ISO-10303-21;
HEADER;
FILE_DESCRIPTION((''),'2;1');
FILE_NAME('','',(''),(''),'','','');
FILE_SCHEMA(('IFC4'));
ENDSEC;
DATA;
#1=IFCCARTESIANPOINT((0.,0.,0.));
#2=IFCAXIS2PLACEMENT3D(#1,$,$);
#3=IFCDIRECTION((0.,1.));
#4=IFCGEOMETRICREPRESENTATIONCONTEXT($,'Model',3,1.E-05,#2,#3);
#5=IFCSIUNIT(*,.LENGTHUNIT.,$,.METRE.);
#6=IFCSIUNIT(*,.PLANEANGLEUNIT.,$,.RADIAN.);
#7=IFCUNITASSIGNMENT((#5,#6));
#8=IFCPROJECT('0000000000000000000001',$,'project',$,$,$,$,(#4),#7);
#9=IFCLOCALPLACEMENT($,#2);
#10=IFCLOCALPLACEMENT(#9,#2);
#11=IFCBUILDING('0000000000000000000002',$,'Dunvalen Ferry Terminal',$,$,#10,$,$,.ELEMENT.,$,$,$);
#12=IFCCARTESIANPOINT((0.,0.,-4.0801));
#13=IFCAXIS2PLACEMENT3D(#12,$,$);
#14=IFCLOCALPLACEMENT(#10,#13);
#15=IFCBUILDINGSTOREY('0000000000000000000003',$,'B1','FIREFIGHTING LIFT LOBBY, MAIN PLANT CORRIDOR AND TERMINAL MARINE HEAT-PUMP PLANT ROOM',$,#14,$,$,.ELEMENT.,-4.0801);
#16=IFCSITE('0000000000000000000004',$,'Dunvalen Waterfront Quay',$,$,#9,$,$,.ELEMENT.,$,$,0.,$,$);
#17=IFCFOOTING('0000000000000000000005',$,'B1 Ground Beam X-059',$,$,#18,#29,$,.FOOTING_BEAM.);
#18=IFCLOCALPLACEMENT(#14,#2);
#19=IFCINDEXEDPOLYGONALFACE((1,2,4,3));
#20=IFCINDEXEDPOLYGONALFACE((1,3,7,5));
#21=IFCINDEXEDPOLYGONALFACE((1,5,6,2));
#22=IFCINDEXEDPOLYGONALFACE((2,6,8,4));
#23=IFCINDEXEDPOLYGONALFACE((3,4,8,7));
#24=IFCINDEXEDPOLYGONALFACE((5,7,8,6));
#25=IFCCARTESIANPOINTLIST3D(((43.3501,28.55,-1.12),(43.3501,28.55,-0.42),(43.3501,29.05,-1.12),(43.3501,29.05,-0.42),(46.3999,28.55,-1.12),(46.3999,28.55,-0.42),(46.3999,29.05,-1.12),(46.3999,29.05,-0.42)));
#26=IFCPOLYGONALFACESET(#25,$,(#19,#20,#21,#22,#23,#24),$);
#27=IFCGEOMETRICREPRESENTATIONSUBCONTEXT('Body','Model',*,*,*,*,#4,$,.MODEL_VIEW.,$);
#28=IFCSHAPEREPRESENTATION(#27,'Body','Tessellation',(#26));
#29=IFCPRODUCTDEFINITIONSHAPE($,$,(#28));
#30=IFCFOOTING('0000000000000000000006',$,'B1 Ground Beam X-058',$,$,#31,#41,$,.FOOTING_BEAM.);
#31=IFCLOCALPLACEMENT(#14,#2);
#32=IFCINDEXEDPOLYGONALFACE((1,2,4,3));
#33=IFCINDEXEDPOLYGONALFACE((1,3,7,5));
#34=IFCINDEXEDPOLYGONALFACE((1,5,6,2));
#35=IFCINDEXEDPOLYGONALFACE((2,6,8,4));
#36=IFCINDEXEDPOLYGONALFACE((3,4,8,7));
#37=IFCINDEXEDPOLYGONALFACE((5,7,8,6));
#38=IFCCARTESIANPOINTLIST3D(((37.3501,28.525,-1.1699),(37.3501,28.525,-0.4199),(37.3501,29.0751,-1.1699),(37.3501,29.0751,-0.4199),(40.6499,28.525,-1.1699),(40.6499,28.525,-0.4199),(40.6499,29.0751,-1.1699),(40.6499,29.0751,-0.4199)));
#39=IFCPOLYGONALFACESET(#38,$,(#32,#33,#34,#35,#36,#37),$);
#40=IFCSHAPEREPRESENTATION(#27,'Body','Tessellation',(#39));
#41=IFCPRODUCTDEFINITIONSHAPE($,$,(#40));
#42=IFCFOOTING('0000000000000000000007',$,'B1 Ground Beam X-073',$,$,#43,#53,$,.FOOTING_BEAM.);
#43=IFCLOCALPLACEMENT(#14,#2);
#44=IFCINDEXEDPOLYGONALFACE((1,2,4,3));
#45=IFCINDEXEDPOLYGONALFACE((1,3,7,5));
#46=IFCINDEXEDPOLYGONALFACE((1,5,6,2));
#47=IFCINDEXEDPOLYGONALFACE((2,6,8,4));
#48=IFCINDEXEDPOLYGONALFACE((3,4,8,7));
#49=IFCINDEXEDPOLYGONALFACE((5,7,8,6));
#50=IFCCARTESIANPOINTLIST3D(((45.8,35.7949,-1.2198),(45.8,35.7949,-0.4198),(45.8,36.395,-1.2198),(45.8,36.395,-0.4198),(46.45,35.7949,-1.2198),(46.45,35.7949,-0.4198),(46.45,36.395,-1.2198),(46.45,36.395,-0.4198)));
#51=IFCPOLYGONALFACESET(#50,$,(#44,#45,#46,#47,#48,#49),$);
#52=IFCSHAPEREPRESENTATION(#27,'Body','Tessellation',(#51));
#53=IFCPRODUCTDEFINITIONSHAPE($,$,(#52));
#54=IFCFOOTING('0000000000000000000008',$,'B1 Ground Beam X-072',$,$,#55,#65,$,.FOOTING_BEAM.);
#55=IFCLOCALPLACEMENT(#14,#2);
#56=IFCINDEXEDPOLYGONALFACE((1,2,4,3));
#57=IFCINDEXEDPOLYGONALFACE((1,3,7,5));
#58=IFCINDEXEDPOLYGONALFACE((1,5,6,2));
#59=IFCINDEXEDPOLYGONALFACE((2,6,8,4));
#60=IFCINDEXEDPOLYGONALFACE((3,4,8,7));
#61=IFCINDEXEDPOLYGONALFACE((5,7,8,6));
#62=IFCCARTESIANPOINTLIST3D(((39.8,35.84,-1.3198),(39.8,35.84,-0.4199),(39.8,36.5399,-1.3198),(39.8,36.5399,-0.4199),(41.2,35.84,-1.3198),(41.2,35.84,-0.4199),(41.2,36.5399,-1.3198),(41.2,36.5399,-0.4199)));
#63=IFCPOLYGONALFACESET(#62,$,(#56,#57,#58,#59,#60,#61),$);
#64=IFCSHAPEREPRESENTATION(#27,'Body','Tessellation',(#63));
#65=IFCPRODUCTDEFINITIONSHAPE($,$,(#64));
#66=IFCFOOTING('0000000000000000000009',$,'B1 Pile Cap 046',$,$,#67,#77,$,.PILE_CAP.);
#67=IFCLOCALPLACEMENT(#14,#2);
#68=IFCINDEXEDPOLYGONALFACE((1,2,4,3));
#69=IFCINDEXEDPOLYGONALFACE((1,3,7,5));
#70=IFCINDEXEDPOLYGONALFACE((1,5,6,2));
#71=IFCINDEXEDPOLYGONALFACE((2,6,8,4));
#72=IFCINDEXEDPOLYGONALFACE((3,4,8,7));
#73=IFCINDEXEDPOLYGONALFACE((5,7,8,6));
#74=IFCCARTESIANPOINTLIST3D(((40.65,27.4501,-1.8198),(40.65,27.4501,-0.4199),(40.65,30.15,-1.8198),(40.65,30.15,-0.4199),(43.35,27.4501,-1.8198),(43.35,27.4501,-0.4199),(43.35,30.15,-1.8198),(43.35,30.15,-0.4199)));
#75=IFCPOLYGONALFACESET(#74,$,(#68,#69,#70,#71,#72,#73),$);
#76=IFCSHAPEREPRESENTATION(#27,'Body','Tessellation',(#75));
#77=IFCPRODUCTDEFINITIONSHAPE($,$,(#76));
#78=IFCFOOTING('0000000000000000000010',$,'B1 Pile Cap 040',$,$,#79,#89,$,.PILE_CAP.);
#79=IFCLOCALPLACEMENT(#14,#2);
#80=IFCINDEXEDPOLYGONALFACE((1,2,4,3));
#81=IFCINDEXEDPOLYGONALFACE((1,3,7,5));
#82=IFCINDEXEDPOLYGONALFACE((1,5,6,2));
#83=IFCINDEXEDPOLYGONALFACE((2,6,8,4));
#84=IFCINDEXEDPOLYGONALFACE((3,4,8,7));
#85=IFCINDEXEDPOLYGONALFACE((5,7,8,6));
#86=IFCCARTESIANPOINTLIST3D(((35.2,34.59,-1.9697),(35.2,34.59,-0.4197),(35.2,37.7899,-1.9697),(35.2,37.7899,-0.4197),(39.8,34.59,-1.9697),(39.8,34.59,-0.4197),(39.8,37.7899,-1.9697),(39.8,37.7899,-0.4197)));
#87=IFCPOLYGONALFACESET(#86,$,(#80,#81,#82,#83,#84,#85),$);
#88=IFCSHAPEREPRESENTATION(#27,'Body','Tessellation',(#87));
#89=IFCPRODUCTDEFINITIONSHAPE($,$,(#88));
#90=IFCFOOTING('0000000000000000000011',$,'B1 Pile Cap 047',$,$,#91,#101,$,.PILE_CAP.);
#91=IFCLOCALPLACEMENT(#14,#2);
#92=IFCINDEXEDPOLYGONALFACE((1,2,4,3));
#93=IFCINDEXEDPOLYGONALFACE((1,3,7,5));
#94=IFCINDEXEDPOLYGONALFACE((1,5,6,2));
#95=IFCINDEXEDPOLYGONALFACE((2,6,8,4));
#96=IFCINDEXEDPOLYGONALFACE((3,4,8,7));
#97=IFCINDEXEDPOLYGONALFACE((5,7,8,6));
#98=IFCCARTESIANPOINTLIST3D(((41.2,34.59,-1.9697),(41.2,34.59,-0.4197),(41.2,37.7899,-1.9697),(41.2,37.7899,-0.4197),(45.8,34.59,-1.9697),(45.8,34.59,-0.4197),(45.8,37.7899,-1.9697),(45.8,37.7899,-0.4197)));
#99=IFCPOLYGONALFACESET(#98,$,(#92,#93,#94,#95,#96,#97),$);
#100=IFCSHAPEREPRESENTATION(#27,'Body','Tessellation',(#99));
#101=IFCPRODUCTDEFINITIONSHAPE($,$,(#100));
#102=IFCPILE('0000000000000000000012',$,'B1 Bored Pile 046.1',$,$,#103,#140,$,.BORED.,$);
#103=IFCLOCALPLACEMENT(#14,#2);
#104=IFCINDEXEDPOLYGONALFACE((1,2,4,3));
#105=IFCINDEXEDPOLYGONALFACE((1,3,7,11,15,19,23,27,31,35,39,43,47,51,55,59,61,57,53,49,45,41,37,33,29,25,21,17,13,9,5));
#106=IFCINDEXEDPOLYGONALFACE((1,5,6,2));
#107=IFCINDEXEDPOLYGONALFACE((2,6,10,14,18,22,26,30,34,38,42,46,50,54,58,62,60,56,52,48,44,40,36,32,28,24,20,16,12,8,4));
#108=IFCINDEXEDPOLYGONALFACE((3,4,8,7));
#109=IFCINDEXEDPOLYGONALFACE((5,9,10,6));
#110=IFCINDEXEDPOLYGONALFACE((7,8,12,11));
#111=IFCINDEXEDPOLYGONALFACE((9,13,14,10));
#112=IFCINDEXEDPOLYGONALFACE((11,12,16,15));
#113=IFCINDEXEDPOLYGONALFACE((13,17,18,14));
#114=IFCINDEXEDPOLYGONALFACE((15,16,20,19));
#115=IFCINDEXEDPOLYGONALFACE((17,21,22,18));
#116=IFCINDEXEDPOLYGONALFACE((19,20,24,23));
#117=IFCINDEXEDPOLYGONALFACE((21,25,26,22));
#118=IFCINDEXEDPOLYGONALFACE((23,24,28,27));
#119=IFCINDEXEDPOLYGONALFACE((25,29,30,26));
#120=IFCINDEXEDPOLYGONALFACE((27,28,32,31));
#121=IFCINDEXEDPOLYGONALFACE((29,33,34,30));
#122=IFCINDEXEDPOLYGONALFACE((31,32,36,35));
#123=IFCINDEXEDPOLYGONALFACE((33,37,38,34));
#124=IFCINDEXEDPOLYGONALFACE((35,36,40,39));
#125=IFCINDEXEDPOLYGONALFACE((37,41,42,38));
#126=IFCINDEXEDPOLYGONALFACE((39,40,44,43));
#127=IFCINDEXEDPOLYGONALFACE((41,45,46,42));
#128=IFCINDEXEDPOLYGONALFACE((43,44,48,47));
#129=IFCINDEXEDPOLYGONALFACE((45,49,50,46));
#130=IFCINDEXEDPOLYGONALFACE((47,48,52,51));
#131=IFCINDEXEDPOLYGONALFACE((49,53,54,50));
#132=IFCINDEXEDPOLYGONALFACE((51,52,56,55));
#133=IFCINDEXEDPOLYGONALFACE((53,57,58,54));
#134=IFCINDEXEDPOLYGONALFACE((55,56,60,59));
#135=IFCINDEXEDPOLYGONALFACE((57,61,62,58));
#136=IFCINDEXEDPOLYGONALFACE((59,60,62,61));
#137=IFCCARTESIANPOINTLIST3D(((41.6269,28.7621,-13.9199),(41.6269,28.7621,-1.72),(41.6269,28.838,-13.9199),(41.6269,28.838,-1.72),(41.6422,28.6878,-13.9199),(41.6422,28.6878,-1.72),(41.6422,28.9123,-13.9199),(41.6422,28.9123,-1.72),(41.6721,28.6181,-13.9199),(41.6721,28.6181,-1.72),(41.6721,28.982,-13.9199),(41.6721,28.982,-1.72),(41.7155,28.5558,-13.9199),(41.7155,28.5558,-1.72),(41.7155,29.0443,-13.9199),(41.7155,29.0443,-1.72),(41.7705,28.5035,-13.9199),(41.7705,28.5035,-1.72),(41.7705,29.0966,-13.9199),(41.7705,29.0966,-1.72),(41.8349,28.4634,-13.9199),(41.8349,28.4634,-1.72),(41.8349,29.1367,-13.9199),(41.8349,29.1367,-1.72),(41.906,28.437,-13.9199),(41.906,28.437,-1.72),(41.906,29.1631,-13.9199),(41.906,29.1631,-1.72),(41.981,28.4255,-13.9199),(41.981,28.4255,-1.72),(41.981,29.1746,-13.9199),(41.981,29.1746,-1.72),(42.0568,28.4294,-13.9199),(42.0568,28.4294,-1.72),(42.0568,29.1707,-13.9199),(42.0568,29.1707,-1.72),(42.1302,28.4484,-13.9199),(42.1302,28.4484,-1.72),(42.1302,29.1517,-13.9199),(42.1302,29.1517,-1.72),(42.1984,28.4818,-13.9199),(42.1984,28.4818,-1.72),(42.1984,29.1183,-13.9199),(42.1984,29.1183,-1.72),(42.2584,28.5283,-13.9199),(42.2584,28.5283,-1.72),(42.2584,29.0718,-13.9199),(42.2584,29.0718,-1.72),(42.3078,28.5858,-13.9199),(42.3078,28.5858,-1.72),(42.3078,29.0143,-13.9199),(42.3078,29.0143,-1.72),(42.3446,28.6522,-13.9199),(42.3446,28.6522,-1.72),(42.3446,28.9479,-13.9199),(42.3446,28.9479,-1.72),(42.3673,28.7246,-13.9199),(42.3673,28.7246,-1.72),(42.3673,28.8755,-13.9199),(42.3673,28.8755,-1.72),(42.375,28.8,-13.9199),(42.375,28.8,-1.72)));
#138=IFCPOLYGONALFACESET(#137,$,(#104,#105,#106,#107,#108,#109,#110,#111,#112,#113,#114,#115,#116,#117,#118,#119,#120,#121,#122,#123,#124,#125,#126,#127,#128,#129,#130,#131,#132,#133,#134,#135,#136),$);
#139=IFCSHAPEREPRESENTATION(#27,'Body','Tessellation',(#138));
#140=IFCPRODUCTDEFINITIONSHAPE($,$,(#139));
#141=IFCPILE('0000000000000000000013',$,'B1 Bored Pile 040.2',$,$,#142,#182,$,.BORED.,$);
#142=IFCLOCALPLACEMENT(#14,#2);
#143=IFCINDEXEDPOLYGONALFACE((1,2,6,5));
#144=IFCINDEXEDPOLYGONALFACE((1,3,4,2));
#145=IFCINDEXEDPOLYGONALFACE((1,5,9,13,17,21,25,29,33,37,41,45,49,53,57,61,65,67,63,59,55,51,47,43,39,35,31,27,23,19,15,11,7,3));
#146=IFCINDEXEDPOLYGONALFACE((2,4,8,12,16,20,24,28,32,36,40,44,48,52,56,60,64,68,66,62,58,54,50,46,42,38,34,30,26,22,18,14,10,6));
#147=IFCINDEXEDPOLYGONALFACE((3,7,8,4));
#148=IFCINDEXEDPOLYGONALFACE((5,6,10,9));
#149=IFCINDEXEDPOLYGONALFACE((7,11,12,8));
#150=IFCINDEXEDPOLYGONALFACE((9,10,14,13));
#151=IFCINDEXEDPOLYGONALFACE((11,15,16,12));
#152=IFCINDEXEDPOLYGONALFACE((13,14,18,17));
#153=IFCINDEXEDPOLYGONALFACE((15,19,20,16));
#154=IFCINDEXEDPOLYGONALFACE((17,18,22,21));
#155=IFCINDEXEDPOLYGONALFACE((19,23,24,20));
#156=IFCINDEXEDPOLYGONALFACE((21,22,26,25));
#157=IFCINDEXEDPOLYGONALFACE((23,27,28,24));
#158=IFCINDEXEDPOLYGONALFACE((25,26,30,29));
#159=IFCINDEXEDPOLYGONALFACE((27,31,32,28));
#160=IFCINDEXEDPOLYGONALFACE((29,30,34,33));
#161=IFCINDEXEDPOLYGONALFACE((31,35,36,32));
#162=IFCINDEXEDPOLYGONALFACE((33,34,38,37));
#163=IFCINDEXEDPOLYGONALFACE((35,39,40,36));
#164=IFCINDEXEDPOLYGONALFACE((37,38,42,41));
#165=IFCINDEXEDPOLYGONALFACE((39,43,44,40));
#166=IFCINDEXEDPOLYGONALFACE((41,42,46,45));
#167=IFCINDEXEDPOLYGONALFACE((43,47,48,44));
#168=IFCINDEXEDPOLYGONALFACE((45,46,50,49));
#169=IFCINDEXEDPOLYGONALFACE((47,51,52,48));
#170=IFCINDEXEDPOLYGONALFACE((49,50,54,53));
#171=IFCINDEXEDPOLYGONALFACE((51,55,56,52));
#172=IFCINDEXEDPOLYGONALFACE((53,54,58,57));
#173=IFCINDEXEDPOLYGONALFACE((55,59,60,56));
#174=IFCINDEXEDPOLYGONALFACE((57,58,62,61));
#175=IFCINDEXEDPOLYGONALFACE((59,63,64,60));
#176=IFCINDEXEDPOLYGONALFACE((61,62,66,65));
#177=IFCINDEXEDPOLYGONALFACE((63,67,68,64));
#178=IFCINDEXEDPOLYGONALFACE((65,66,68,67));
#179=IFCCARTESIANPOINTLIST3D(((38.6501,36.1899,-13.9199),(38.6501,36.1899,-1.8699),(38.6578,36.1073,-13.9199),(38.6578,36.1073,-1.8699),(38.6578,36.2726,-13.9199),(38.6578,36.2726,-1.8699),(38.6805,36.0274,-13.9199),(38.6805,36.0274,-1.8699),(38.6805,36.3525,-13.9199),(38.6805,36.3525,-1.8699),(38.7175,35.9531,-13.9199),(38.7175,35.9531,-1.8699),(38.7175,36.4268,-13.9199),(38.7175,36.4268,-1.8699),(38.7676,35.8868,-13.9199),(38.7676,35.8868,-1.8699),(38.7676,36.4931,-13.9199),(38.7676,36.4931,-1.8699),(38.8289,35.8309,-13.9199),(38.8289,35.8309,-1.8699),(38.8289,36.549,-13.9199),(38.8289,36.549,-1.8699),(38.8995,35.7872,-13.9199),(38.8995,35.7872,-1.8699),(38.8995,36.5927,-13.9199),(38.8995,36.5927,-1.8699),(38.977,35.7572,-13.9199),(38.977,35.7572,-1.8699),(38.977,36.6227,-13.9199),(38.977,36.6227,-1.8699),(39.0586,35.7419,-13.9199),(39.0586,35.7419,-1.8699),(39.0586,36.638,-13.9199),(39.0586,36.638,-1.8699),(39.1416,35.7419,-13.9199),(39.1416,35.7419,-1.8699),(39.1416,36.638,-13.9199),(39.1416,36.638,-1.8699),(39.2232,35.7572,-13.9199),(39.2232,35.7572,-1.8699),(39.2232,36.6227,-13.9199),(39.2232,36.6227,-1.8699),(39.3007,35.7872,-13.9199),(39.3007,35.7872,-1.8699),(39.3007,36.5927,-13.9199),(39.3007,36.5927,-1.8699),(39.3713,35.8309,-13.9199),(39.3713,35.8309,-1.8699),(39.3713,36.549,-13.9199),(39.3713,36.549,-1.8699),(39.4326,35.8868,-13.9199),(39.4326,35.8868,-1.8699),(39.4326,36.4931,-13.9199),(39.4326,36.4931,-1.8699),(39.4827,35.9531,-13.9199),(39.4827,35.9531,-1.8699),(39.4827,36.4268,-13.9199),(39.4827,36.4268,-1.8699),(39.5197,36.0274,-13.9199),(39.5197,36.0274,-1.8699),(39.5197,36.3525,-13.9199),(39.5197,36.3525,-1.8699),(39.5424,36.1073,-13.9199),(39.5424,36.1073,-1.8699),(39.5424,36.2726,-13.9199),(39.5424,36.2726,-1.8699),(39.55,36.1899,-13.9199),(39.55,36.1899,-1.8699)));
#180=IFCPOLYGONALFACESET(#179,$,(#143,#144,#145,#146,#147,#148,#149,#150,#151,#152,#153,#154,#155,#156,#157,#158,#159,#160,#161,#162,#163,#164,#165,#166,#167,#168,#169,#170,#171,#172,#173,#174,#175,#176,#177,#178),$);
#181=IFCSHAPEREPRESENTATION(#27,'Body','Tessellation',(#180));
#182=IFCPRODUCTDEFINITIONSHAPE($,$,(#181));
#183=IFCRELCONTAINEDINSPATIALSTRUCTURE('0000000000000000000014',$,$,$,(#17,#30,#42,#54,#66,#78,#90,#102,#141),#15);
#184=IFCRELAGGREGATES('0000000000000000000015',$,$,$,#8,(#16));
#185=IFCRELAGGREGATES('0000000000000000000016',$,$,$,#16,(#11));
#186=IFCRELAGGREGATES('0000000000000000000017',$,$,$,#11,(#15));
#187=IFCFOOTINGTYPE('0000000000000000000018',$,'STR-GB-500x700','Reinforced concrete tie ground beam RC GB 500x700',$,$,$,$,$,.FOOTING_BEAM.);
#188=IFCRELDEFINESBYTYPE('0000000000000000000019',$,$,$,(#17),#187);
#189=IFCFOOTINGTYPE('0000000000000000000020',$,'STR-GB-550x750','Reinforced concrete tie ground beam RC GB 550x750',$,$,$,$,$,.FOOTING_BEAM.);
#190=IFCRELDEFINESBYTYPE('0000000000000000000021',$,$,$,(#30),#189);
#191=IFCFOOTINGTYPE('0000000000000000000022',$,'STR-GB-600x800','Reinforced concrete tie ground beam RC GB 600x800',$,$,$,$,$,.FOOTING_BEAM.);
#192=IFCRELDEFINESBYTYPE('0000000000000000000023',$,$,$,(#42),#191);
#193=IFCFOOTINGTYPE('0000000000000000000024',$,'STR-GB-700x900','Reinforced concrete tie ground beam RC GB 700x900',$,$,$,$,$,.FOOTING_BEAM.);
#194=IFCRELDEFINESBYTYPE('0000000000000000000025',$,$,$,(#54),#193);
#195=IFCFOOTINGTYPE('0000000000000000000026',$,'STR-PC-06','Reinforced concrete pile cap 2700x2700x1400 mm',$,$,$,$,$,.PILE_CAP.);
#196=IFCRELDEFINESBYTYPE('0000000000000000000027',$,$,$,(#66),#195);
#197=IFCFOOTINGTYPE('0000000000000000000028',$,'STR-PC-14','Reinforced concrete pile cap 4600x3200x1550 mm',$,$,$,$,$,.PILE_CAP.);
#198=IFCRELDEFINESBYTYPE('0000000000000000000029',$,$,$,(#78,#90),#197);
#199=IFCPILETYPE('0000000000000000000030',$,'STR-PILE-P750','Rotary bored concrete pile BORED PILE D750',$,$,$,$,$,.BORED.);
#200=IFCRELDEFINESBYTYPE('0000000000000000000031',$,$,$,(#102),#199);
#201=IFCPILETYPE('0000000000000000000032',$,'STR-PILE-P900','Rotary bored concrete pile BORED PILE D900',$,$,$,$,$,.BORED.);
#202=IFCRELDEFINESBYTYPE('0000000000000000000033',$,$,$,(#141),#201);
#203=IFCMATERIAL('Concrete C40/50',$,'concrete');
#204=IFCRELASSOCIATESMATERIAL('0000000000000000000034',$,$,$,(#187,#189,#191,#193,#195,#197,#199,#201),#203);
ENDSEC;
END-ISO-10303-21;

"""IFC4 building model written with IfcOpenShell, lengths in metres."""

from ifc_helpers import new_model, si_unit, direction, frame, origin, origin_2d, place, context, subcontext, project, spatial, rectangle, circle, extrude, material, material_profile, profile_set, type_object, element, save


model = new_model("IFC4")

# Units and contexts
model_context = context("Model", 3, precision=1e-05, world=origin(), true_north=direction((0.0, 1.0)))
body_context = subcontext(model_context, "Body", "Model", "MODEL_VIEW")
ifc_project = project(units=[si_unit("LENGTHUNIT", "METRE"), si_unit("PLANEANGLEUNIT", "RADIAN")], contexts=[model_context])

# Site, building, storey
site_placement = place(None, origin())
site = spatial("IfcSite", under=ifc_project, at=site_placement, Name="Dunvalen Waterfront Quay", CompositionType="ELEMENT", RefElevation=0.0)
building_placement = place(site_placement, origin())
building = spatial("IfcBuilding", under=site, at=building_placement, Name="Dunvalen Ferry Terminal", CompositionType="ELEMENT")
storey_placement = place(building_placement, frame((0.0, 0.0, -4.0801)))
storey = spatial("IfcBuildingStorey", under=building, at=storey_placement, Name="B1", Description="FIREFIGHTING LIFT LOBBY, MAIN PLANT CORRIDOR AND TERMINAL MARINE HEAT-PUMP PLANT ROOM", CompositionType="ELEMENT", Elevation=-4.0801)

# Footings
ifc_material_1 = material(Name="Concrete C40/50", Category="concrete")
ifc_material_profile_1 = material_profile(ifc_material_1, rectangle(XDim=0.5, YDim=0.7, at=origin_2d()), Name="Concrete C40/50")
ifc_profile_set_1 = profile_set([ifc_material_profile_1], Name="Concrete C40/50")
footing_type_1 = type_object("IfcFootingType", Name="STR-GB-500x700", Description="Reinforced concrete tie ground beam RC GB 500x700", PredefinedType="FOOTING_BEAM", material=ifc_profile_set_1)
footing_1_placement = place(storey_placement, frame((43.3501, 28.8, -0.77), z_axis=(1.0, 0.0, 0.0), x_axis=(0.0, 1.0, 0.0)))
element("IfcFooting", 1, at=footing_1_placement, inside=storey, type_object=footing_type_1, Name="B1 Ground Beam X-059", PredefinedType="FOOTING_BEAM", context=body_context, shape_type="SweptSolid", body=[
    extrude(rectangle(XDim=0.5, YDim=0.7, at=origin_2d()), origin(), (0.0, 0.0, 1.0), 3.0498),
])
ifc_material_profile_2 = material_profile(ifc_material_1, rectangle(XDim=0.55, YDim=0.75, at=origin_2d()), Name="Concrete C40/50")
ifc_profile_set_2 = profile_set([ifc_material_profile_2], Name="Concrete C40/50")
footing_type_2 = type_object("IfcFootingType", Name="STR-GB-550x750", Description="Reinforced concrete tie ground beam RC GB 550x750", PredefinedType="FOOTING_BEAM", material=ifc_profile_set_2)
footing_2_placement = place(storey_placement, frame((37.3501, 28.8, -0.7949), z_axis=(1.0, 0.0, 0.0), x_axis=(0.0, 1.0, 0.0)))
element("IfcFooting", 2, at=footing_2_placement, inside=storey, type_object=footing_type_2, Name="B1 Ground Beam X-058", PredefinedType="FOOTING_BEAM", context=body_context, shape_type="SweptSolid", body=[
    extrude(rectangle(XDim=0.55, YDim=0.75, at=origin_2d()), origin(), (0.0, 0.0, 1.0), 3.2998),
])
ifc_material_profile_3 = material_profile(ifc_material_1, rectangle(XDim=0.6001, YDim=0.8, at=origin_2d()), Name="Concrete C40/50")
ifc_profile_set_3 = profile_set([ifc_material_profile_3], Name="Concrete C40/50")
footing_type_3 = type_object("IfcFootingType", Name="STR-GB-600x800", Description="Reinforced concrete tie ground beam RC GB 600x800", PredefinedType="FOOTING_BEAM", material=ifc_profile_set_3)
footing_3_placement = place(storey_placement, frame((45.8, 36.095, -0.8198), z_axis=(1.0, 0.0, 0.0), x_axis=(0.0, 1.0, 0.0)))
element("IfcFooting", 3, at=footing_3_placement, inside=storey, type_object=footing_type_3, Name="B1 Ground Beam X-073", PredefinedType="FOOTING_BEAM", context=body_context, shape_type="SweptSolid", body=[
    extrude(rectangle(XDim=0.6001, YDim=0.8, at=origin_2d()), origin(), (0.0, 0.0, 1.0), 0.6499),
])
ifc_material_profile_4 = material_profile(ifc_material_1, rectangle(XDim=0.7, YDim=0.8999, at=origin_2d()), Name="Concrete C40/50")
ifc_profile_set_4 = profile_set([ifc_material_profile_4], Name="Concrete C40/50")
footing_type_4 = type_object("IfcFootingType", Name="STR-GB-700x900", Description="Reinforced concrete tie ground beam RC GB 700x900", PredefinedType="FOOTING_BEAM", material=ifc_profile_set_4)
footing_4_placement = place(storey_placement, frame((39.8, 36.1899, -0.8699), z_axis=(1.0, 0.0, 0.0), x_axis=(0.0, 1.0, 0.0)))
element("IfcFooting", 4, at=footing_4_placement, inside=storey, type_object=footing_type_4, Name="B1 Ground Beam X-072", PredefinedType="FOOTING_BEAM", context=body_context, shape_type="SweptSolid", body=[
    extrude(rectangle(XDim=0.7, YDim=0.8999, at=origin_2d()), origin(), (0.0, 0.0, 1.0), 1.3999),
])
footing_type_5 = type_object("IfcFootingType", Name="STR-PC-06", Description="Reinforced concrete pile cap 2700x2700x1400 mm", PredefinedType="PILE_CAP", material=ifc_material_1)
footing_5_placement = place(storey_placement, frame((42.0, 28.8, -1.8198), z_axis=(0.0, 0.0, 1.0), x_axis=(1.0, 0.0, 0.0)))
element("IfcFooting", 5, at=footing_5_placement, inside=storey, type_object=footing_type_5, Name="B1 Pile Cap 046", PredefinedType="PILE_CAP", context=body_context, shape_type="SweptSolid", body=[
    extrude(rectangle(XDim=2.7, YDim=2.7, at=origin_2d()), origin(), (0.0, 0.0, 1.0), 1.3999),
])
footing_type_6 = type_object("IfcFootingType", Name="STR-PC-14", Description="Reinforced concrete pile cap 4600x3200x1550 mm", PredefinedType="PILE_CAP", material=ifc_material_1)
for number, where, z_axis, x_axis, name in (
    (6, (37.5, 36.1899, -1.9697), (0.0, 0.0, 1.0), (1.0, 0.0, 0.0), "B1 Pile Cap 040"),
    (7, (43.5, 36.1899, -1.9697), (0.0, 0.0, 1.0), (1.0, 0.0, 0.0), "B1 Pile Cap 047"),
):
    element("IfcFooting", number, at=place(storey_placement, frame(where, z_axis=z_axis, x_axis=x_axis)), inside=storey, type_object=footing_type_6, Name=name, PredefinedType="PILE_CAP", context=body_context, shape_type="SweptSolid", body=[
        extrude(rectangle(XDim=4.6001, YDim=3.2, at=origin_2d()), origin(), (0.0, 0.0, 1.0), 1.55),
    ])

# Piles
ifc_material_profile_5 = material_profile(ifc_material_1, circle(Radius=0.375, at=origin_2d()), Name="Concrete C40/50")
ifc_profile_set_5 = profile_set([ifc_material_profile_5], Name="Concrete C40/50")
pile_type_1 = type_object("IfcPileType", Name="STR-PILE-P750", Description="Rotary bored concrete pile BORED PILE D750", PredefinedType="BORED", material=ifc_profile_set_5)
pile_1_placement = place(storey_placement, frame((42.0, 28.8, -1.72), z_axis=(0.0, 0.0, -1.0), x_axis=(1.0, 0.0, 0.0)))
element("IfcPile", 8, at=pile_1_placement, inside=storey, type_object=pile_type_1, Name="B1 Bored Pile 046.1", PredefinedType="BORED", context=body_context, shape_type="SweptSolid", body=[
    extrude(circle(Radius=0.375, at=origin_2d()), origin(), (0.0, 0.0, 1.0), 12.2),
])
ifc_material_profile_6 = material_profile(ifc_material_1, circle(Radius=0.45, at=origin_2d()), Name="Concrete C40/50")
ifc_profile_set_6 = profile_set([ifc_material_profile_6], Name="Concrete C40/50")
pile_type_2 = type_object("IfcPileType", Name="STR-PILE-P900", Description="Rotary bored concrete pile BORED PILE D900", PredefinedType="BORED", material=ifc_profile_set_6)
for number, where, z_axis, x_axis, name in (
    (9, (39.1001, 36.1899, -1.8699), (0.0, 0.0, -1.0), (1.0, 0.0, 0.0), "B1 Bored Pile 040.2"),
):
    element("IfcPile", number, at=place(storey_placement, frame(where, z_axis=z_axis, x_axis=x_axis)), inside=storey, type_object=pile_type_2, Name=name, PredefinedType="BORED", context=body_context, shape_type="SweptSolid", body=[
        extrude(circle(Radius=0.45, at=origin_2d()), origin(), (0.0, 0.0, 1.0), 12.05),
    ])

save(model, "model.ifc")
